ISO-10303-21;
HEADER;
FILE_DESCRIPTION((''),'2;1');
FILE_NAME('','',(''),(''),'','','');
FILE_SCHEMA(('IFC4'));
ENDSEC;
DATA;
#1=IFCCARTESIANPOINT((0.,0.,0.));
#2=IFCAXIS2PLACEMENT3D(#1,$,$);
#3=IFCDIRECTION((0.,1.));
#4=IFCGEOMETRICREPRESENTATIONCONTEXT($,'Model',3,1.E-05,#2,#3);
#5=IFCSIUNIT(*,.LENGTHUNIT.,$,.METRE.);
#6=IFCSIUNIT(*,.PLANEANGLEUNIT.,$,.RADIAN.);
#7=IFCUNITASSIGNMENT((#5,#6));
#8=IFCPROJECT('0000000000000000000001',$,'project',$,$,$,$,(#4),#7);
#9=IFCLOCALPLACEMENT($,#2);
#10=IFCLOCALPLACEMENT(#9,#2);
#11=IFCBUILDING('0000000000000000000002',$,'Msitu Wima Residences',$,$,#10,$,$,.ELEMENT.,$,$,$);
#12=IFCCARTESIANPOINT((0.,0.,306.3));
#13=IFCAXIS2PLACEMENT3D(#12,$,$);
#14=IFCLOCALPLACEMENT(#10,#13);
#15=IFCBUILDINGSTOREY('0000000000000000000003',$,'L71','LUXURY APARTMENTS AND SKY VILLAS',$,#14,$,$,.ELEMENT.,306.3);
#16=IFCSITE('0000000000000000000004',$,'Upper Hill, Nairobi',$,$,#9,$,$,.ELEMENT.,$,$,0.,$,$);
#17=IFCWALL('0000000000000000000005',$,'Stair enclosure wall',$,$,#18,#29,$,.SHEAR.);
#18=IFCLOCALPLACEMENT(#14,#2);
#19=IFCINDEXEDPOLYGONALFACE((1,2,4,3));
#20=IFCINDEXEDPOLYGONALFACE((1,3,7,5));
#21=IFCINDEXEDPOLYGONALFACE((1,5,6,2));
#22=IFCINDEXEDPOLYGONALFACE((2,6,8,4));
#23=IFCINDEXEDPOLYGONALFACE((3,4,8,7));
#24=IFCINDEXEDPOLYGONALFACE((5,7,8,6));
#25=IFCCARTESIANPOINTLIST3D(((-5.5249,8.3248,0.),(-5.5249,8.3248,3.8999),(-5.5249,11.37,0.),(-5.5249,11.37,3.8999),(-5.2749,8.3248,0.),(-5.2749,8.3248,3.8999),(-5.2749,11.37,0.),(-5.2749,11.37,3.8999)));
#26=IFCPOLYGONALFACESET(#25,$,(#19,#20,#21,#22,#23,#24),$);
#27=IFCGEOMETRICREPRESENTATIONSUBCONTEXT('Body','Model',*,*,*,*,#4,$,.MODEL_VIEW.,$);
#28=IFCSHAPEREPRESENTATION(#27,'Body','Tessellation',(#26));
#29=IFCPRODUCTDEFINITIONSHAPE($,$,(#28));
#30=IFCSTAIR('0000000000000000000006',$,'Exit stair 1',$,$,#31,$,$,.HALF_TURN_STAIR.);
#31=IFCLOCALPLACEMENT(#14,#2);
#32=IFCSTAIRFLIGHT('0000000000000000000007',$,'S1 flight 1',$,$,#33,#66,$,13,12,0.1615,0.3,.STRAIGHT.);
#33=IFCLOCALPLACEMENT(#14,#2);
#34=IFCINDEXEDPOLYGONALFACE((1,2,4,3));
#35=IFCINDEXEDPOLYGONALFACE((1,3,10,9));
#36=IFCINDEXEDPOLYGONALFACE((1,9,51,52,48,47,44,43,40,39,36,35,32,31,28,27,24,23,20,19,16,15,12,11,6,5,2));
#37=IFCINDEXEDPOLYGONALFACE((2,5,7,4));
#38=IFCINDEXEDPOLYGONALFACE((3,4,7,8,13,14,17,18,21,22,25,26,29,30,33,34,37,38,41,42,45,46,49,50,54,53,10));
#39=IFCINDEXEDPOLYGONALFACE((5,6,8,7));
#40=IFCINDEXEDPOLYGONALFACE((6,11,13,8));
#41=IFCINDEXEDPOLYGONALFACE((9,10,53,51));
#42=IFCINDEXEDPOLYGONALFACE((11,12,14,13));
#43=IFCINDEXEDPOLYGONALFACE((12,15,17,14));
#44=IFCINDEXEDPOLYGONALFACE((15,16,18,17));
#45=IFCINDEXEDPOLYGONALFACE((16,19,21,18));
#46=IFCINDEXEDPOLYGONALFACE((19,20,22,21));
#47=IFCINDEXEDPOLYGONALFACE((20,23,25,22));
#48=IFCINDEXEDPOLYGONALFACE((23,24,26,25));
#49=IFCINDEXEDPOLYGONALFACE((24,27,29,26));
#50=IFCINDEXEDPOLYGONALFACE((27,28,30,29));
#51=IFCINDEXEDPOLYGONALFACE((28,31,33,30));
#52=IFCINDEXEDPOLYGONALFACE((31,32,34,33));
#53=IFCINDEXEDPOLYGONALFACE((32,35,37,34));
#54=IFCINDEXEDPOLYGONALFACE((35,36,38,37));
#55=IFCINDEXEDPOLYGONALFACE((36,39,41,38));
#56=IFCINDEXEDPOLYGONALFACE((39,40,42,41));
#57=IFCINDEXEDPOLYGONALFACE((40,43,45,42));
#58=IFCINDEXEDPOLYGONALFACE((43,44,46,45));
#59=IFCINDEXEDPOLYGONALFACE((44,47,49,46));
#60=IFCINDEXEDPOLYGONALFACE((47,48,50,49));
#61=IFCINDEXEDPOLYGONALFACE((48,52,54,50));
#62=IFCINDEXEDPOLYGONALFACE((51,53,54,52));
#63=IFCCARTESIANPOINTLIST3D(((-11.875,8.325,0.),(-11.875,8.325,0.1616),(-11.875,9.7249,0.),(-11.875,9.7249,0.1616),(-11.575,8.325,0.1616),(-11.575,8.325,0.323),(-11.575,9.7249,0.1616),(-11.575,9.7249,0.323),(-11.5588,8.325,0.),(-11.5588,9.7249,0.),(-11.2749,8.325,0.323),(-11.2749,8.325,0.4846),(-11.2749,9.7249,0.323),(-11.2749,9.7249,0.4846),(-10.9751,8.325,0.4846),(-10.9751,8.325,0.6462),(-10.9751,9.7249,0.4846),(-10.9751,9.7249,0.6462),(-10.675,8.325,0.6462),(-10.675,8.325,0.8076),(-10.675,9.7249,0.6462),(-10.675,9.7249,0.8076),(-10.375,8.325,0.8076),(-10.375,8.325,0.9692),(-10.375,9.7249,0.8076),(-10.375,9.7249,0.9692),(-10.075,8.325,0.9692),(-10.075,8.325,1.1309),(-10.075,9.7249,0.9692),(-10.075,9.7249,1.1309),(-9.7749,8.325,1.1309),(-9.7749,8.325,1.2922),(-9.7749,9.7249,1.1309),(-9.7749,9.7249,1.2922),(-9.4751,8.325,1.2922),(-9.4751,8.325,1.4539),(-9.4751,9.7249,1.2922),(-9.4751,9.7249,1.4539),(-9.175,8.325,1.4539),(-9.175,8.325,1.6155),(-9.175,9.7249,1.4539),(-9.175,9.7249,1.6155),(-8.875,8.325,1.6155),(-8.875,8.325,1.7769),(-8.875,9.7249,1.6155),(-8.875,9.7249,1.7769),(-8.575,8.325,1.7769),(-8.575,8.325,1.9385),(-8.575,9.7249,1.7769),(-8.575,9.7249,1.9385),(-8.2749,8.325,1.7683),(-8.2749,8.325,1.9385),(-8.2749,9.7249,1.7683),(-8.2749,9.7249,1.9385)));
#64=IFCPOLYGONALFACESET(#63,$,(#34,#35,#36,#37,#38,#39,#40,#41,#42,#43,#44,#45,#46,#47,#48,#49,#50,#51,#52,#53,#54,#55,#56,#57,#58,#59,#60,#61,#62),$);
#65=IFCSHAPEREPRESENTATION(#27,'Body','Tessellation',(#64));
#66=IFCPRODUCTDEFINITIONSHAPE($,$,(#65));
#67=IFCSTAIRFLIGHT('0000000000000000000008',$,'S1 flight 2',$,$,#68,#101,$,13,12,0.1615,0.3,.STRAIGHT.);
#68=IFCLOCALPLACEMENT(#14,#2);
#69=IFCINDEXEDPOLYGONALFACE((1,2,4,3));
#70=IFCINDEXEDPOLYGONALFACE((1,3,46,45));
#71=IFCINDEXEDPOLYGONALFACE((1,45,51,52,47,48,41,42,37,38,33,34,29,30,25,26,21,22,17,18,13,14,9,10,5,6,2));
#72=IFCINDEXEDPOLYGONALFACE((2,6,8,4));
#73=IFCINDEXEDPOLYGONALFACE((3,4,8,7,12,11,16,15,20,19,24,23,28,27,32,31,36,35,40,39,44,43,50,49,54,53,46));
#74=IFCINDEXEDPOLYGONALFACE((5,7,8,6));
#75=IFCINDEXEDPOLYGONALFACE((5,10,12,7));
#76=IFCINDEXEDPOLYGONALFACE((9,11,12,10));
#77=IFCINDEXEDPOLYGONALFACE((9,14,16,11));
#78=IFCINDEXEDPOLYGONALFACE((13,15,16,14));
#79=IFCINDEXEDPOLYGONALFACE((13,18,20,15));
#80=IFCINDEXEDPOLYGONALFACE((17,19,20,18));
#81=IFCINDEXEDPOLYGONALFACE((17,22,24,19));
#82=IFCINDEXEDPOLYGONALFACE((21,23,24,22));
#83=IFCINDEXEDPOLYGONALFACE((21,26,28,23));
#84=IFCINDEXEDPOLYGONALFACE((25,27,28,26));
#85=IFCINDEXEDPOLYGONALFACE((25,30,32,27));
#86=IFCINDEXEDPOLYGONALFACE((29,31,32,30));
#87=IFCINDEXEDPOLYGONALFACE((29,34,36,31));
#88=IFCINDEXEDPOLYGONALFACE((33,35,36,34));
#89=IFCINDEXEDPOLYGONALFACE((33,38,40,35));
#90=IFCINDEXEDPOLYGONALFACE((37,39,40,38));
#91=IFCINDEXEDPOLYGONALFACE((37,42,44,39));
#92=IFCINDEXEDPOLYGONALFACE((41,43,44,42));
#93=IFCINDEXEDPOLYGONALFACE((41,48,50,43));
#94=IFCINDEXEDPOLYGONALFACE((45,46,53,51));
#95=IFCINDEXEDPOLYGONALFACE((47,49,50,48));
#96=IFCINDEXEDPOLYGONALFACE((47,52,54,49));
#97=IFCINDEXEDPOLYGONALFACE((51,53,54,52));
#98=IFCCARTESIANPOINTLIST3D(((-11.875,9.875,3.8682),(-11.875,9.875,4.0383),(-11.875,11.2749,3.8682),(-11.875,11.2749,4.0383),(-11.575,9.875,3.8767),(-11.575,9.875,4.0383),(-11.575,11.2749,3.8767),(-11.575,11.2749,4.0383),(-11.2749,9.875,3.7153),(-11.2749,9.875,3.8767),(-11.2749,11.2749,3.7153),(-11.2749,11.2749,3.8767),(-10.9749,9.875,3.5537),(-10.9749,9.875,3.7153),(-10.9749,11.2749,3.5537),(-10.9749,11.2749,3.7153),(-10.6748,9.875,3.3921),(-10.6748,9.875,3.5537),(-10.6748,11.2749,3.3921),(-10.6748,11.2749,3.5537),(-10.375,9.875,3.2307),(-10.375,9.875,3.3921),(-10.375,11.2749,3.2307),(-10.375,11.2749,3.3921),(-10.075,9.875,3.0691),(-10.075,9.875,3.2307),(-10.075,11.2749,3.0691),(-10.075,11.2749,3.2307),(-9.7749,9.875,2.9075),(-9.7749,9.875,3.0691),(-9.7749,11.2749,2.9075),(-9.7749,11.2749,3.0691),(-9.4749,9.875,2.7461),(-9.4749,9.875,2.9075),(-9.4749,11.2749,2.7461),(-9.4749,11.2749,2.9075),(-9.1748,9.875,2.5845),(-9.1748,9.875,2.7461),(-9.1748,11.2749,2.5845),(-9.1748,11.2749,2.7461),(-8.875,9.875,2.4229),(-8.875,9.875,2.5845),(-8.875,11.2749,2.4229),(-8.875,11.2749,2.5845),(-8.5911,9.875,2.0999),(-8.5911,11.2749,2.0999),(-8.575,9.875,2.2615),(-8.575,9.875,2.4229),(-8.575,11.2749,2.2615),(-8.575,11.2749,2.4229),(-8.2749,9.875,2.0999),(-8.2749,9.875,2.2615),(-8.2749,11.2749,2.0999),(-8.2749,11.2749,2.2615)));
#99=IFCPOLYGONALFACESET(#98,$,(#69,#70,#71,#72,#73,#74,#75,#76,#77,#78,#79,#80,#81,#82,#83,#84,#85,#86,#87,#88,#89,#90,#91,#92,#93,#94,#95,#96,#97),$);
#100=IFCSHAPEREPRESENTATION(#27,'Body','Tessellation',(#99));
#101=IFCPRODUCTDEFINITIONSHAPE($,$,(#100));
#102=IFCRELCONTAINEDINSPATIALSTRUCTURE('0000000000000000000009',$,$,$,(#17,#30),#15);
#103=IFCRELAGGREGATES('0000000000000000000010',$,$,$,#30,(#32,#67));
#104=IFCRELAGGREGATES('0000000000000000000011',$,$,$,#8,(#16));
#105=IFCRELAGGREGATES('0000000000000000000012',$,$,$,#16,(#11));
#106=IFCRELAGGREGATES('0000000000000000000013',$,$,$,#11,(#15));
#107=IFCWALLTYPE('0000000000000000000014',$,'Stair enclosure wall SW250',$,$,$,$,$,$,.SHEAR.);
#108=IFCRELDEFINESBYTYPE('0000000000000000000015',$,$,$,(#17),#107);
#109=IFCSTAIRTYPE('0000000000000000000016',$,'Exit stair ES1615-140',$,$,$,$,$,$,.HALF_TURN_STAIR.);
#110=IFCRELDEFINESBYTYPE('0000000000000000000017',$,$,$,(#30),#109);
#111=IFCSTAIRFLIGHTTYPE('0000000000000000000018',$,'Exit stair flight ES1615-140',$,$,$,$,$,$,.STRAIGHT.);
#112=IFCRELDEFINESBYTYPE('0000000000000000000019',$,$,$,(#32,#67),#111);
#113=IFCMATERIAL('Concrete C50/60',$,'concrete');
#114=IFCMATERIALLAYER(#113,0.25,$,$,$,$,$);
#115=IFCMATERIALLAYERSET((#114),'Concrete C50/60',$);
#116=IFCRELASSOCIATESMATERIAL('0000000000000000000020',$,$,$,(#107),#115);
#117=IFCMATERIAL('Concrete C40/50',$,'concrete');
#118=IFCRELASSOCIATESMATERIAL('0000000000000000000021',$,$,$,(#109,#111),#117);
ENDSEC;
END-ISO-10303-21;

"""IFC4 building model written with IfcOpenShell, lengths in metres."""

from ifc_helpers import new_model, si_unit, direction, frame, frame_2d, origin, place, context, subcontext, project, spatial, polyline, rectangle, outline, extrude, material, layer, layer_set, type_object, element, aggregate, save


model = new_model("IFC4")

# Units and contexts
model_context = context("Model", 3, precision=1e-05, world=origin(), true_north=direction((0.0, 1.0)))
body_context = subcontext(model_context, "Body", "Model", "MODEL_VIEW")
ifc_project = project(units=[si_unit("LENGTHUNIT", "METRE"), si_unit("PLANEANGLEUNIT", "RADIAN")], contexts=[model_context])

# Site, building, storey
site_placement = place(None, origin())
site = spatial("IfcSite", under=ifc_project, at=site_placement, Name="Upper Hill, Nairobi", CompositionType="ELEMENT", RefElevation=0.0)
building_placement = place(site_placement, origin())
building = spatial("IfcBuilding", under=site, at=building_placement, Name="Msitu Wima Residences", CompositionType="ELEMENT")
storey_placement = place(building_placement, frame((0.0, 0.0, 306.3)))
storey = spatial("IfcBuildingStorey", under=building, at=storey_placement, Name="L71", Description="LUXURY APARTMENTS AND SKY VILLAS", CompositionType="ELEMENT", Elevation=306.3)

# Shared definitions
ifc_material_1 = material(Name="Concrete C40/50", Category="concrete")

# Shared definitions
ifc_material_2 = material(Name="Concrete C50/60", Category="concrete")
ifc_layer_1 = layer(ifc_material_2, 0.25)
ifc_layer_set_1 = layer_set([ifc_layer_1], Name="Concrete C50/60")
wall_type_1 = type_object("IfcWallType", Name="Stair enclosure wall SW250", PredefinedType="SHEAR", material=ifc_layer_set_1)

# Wall
wall_1_placement = place(storey_placement, frame((-5.3999, 8.325, 0.0), z_axis=(0.0, 0.0, 1.0), x_axis=(0.0, 1.0, 0.0)))
element("IfcWall", 1, at=wall_1_placement, inside=storey, type_object=wall_type_1, Name="Stair enclosure wall", PredefinedType="SHEAR", context=body_context, shape_type="SweptSolid", body=[
    extrude(rectangle(XDim=3.0452, YDim=0.25, at=frame_2d((1.5225, 0.0))), origin(), (0.0, 0.0, 1.0), 3.8999),
])

# Stair, stair flights
stair_type = type_object("IfcStairType", Name="Exit stair ES1615-140", PredefinedType="HALF_TURN_STAIR", material=ifc_material_1)
stair_placement = place(storey_placement, origin())
stair = element("IfcStair", 2, at=stair_placement, inside=storey, type_object=stair_type, Name="Exit stair 1", PredefinedType="HALF_TURN_STAIR")
stair_flight_type = type_object("IfcStairFlightType", Name="Exit stair flight ES1615-140", PredefinedType="STRAIGHT", material=ifc_material_1)
stair_flight_1_placement = place(storey_placement, frame((-11.875, 9.0249, 0.0), z_axis=(0.0, 0.0, 1.0), x_axis=(1.0, 0.0, 0.0)))
stair_flight_1 = element("IfcStairFlight", 3, at=stair_flight_1_placement, type_object=stair_flight_type, Name="S1 flight 1", NumberOfRisers=13, NumberOfTreads=12, PredefinedType="STRAIGHT", RiserHeight=0.1615, TreadLength=0.3, context=body_context, shape_type="SweptSolid", body=[
    extrude(outline(polyline([(0.0, 0.0), (0.0, 0.1616), (0.3, 0.1616), (0.3, 0.323), (0.6001, 0.323), (0.6001, 0.4846), (0.8999, 0.4846), (0.8999, 0.6462), (1.2, 0.6462), (1.2, 0.8076), (1.5, 0.8076), (1.5, 0.9692), (1.8, 0.9692), (1.8, 1.1309), (2.1001, 1.1309), (2.1001, 1.2922), (2.3999, 1.2922), (2.3999, 1.4539), (2.7, 1.4539), (2.7, 1.6155), (3.0, 1.6155), (3.0, 1.7769), (3.3, 1.7769), (3.3, 1.9385), (3.6001, 1.9385), (3.6001, 2.1001), (3.6001, 1.7683), (0.3162, 0.0), (0.0, 0.0)])), frame((0.0, 0.7, 0.0), z_axis=(0.0, -1.0, 0.0), x_axis=(1.0, 0.0, 0.0)), (0.0, 0.0, 1.0), 1.3999),
])
stair_flight_2_placement = place(storey_placement, frame((-8.2749, 10.575, 2.0999), z_axis=(0.0, 0.0, 1.0), x_axis=(-1.0, 0.0, 0.0)))
stair_flight_2 = element("IfcStairFlight", 4, at=stair_flight_2_placement, type_object=stair_flight_type, Name="S1 flight 2", NumberOfRisers=13, NumberOfTreads=12, PredefinedType="STRAIGHT", RiserHeight=0.1615, TreadLength=0.3, context=body_context, shape_type="SweptSolid", body=[
    extrude(outline(polyline([(0.0, 0.0), (0.0, 0.1616), (0.3, 0.1616), (0.3, 0.323), (0.6001, 0.323), (0.6001, 0.4846), (0.8999, 0.4846), (0.8999, 0.6462), (1.2, 0.6462), (1.2, 0.8076), (1.5, 0.8076), (1.5, 0.9692), (1.8, 0.9692), (1.8, 1.1309), (2.1001, 1.1309), (2.1001, 1.2922), (2.3999, 1.2922), (2.3999, 1.4539), (2.7, 1.4539), (2.7, 1.6155), (3.0, 1.6155), (3.0, 1.7769), (3.3, 1.7769), (3.3, 1.9385), (3.6001, 1.9385), (3.6001, 2.1001), (3.6001, 1.7683), (0.3162, 0.0), (0.0, 0.0)])), frame((0.0, 0.7, 0.0), z_axis=(0.0, -1.0, 0.0), x_axis=(1.0, 0.0, 0.0)), (0.0, 0.0, 1.0), 1.3999),
])
aggregate(stair, [stair_flight_1, stair_flight_2])

save(model, "model.ifc")
